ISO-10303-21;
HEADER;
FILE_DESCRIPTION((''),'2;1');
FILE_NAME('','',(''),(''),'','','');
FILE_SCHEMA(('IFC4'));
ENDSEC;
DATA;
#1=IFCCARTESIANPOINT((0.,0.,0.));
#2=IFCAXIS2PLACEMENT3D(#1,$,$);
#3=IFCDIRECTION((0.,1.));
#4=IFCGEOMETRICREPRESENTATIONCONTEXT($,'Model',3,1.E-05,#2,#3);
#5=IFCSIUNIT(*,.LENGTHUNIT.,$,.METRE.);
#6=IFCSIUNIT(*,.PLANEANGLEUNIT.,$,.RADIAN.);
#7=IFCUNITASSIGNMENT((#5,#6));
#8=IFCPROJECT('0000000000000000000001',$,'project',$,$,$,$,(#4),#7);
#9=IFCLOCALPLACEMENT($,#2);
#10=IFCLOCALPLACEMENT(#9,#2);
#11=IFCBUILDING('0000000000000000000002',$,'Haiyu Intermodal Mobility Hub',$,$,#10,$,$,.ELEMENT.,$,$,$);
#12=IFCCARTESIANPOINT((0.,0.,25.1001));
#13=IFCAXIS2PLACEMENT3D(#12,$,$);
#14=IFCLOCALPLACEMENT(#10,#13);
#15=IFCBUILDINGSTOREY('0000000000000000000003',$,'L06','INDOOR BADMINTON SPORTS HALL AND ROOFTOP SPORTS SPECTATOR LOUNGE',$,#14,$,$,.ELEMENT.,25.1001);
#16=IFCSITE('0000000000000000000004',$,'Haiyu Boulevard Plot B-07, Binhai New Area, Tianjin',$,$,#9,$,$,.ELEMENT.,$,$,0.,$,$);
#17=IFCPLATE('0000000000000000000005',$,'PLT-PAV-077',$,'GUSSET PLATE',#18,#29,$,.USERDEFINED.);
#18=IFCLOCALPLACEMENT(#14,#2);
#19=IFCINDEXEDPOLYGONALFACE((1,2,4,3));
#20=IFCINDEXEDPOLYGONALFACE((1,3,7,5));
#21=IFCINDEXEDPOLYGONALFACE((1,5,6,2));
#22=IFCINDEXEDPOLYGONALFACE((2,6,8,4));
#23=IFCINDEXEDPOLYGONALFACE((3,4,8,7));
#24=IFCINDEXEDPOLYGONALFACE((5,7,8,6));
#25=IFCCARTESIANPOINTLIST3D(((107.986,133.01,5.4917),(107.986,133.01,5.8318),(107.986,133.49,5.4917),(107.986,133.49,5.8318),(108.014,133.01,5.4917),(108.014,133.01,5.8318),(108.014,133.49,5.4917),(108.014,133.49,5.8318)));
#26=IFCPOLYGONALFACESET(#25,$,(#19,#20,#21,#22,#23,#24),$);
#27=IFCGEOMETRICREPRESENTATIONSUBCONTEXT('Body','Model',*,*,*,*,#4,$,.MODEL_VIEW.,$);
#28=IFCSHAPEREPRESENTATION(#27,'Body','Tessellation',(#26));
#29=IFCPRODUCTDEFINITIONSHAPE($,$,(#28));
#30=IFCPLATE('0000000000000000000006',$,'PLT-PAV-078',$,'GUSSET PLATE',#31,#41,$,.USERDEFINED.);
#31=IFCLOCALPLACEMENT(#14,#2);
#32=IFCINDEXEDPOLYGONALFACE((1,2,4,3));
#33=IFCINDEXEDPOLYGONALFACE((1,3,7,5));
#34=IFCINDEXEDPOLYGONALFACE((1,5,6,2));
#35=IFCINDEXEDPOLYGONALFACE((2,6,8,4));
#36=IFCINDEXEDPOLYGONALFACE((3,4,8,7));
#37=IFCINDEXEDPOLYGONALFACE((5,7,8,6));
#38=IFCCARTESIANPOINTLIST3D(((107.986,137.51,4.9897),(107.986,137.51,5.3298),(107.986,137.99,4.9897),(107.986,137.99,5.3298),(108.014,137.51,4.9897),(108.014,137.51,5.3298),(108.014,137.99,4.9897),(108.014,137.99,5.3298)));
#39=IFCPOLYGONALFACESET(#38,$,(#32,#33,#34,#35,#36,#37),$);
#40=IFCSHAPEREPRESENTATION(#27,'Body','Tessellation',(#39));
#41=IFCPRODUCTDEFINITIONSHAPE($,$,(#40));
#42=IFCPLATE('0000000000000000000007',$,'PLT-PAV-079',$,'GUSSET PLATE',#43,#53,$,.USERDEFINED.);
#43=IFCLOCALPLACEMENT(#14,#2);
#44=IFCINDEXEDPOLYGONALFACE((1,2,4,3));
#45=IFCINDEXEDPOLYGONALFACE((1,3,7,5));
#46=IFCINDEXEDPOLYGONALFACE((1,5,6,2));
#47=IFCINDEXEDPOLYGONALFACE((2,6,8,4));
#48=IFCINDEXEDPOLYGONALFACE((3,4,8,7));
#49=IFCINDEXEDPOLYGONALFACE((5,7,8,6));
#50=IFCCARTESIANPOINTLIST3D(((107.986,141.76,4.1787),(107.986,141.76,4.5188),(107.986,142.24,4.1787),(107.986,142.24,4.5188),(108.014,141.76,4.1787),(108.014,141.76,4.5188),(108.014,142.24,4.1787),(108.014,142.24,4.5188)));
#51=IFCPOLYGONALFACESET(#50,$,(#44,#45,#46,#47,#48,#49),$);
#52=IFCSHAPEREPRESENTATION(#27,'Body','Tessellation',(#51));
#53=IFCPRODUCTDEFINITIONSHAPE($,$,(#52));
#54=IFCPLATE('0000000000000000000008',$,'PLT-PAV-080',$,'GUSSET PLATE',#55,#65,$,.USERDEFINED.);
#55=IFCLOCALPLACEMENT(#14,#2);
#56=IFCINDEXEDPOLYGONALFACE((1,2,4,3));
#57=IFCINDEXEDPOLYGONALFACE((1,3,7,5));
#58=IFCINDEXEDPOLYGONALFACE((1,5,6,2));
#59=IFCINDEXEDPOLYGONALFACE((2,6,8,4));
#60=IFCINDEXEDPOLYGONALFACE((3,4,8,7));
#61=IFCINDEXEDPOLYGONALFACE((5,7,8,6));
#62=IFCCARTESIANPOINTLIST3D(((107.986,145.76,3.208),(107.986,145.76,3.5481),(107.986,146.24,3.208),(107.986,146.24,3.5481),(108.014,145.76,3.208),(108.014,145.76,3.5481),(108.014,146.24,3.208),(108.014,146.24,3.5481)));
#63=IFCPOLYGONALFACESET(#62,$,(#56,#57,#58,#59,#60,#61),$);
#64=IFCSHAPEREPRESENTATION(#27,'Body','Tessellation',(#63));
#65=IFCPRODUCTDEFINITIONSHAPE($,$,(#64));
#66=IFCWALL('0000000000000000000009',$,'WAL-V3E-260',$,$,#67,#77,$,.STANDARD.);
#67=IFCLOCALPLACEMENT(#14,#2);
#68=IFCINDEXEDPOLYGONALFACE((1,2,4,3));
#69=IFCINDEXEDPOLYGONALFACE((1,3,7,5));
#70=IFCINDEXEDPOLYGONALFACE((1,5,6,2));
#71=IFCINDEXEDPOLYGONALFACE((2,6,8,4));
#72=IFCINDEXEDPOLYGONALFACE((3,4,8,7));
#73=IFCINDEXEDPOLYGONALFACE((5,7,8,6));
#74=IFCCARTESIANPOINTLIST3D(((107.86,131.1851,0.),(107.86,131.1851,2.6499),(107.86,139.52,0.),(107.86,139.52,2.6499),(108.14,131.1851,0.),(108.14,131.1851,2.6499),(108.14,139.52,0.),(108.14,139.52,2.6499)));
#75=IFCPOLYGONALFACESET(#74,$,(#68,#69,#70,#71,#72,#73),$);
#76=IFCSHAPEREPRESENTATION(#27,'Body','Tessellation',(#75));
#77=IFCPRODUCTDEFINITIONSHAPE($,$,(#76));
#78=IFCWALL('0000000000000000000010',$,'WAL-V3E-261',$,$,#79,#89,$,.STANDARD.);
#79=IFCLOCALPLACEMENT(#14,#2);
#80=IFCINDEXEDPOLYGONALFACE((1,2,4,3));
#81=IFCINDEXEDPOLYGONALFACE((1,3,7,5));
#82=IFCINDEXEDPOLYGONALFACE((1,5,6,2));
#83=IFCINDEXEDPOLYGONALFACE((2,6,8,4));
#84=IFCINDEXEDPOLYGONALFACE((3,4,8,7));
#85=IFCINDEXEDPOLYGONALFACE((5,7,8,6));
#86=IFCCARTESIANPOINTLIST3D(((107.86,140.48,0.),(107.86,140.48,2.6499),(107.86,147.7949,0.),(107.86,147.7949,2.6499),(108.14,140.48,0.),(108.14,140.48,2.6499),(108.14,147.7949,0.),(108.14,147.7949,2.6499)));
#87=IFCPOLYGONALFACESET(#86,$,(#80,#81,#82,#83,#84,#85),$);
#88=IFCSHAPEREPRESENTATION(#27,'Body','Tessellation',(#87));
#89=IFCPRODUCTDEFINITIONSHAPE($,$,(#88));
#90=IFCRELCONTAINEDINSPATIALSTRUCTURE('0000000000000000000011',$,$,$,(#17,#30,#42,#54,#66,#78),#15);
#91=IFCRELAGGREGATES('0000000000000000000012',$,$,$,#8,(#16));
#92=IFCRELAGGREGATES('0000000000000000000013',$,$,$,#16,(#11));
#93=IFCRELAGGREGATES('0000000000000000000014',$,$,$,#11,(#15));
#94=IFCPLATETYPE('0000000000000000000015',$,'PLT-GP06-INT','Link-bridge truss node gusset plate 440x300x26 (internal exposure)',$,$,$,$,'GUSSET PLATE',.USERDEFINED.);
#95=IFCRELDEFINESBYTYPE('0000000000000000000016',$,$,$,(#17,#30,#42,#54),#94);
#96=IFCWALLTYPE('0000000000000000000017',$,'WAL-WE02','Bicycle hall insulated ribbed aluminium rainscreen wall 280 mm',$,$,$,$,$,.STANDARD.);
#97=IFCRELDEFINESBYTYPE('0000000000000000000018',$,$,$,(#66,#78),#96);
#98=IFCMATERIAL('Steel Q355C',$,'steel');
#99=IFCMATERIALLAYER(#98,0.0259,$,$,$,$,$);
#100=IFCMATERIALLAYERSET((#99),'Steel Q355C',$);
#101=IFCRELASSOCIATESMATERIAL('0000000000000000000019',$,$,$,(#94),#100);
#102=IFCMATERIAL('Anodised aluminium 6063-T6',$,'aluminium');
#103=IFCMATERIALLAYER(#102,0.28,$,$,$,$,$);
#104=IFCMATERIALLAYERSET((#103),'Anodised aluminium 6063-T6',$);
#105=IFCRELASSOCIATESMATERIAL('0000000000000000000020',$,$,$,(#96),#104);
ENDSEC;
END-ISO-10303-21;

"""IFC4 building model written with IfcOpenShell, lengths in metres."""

from ifc_helpers import new_model, si_unit, direction, frame, frame_2d, origin, origin_2d, place, context, subcontext, project, spatial, rectangle, extrude, material, layer, layer_set, type_object, element, save


model = new_model("IFC4")

# Units and contexts
model_context = context("Model", 3, precision=1e-05, world=origin(), true_north=direction((0.0, 1.0)))
body_context = subcontext(model_context, "Body", "Model", "MODEL_VIEW")
ifc_project = project(units=[si_unit("LENGTHUNIT", "METRE"), si_unit("PLANEANGLEUNIT", "RADIAN")], contexts=[model_context])

# Site, building, storey
site_placement = place(None, origin())
site = spatial("IfcSite", under=ifc_project, at=site_placement, Name="Haiyu Boulevard Plot B-07, Binhai New Area, Tianjin", CompositionType="ELEMENT", RefElevation=0.0)
building_placement = place(site_placement, origin())
building = spatial("IfcBuilding", under=site, at=building_placement, Name="Haiyu Intermodal Mobility Hub", CompositionType="ELEMENT")
storey_placement = place(building_placement, frame((0.0, 0.0, 25.1001)))
storey = spatial("IfcBuildingStorey", under=building, at=storey_placement, Name="L06", Description="INDOOR BADMINTON SPORTS HALL AND ROOFTOP SPORTS SPECTATOR LOUNGE", CompositionType="ELEMENT", Elevation=25.1001)

# Shared definitions
ifc_material_1 = material(Name="Steel Q355C", Category="steel")

# Plates
ifc_layer_1 = layer(ifc_material_1, 0.0259)
ifc_layer_set_1 = layer_set([ifc_layer_1], Name="Steel Q355C")
plate_type_1 = type_object("IfcPlateType", Name="PLT-GP06-INT", Description="Link-bridge truss node gusset plate 440x300x26 (internal exposure)", ElementType="GUSSET PLATE", PredefinedType="USERDEFINED", material=ifc_layer_set_1)
for number, where, z_axis, x_axis, name in (
    (1, (108.0, 133.25, 5.4917), (0.0, 0.0, 1.0), (1.0, 0.0, 0.0), "PLT-PAV-077"),
    (2, (108.0, 137.75, 4.9897), (0.0, 0.0, 1.0), (1.0, 0.0, 0.0), "PLT-PAV-078"),
    (3, (108.0, 142.0, 4.1787), (0.0, 0.0, 1.0), (1.0, 0.0, 0.0), "PLT-PAV-079"),
    (4, (108.0, 146.0, 3.208), (0.0, 0.0, 1.0), (1.0, 0.0, 0.0), "PLT-PAV-080"),
):
    element("IfcPlate", number, at=place(storey_placement, frame(where, z_axis=z_axis, x_axis=x_axis)), inside=storey, type_object=plate_type_1, Name=name, ObjectType="GUSSET PLATE", PredefinedType="USERDEFINED", context=body_context, shape_type="SweptSolid", body=[
        extrude(rectangle(XDim=0.0281, YDim=0.48, at=origin_2d()), origin(), (0.0, 0.0, 1.0), 0.3401),
    ])

# Walls
ifc_material_2 = material(Name="Anodised aluminium 6063-T6", Category="aluminium")
ifc_layer_2 = layer(ifc_material_2, 0.28)
ifc_layer_set_2 = layer_set([ifc_layer_2], Name="Anodised aluminium 6063-T6")
wall_type = type_object("IfcWallType", Name="WAL-WE02", Description="Bicycle hall insulated ribbed aluminium rainscreen wall 280 mm", PredefinedType="STANDARD", material=ifc_layer_set_2)
wall_1_placement = place(storey_placement, frame((108.0, 131.1851, 0.0), z_axis=(0.0, 0.0, 1.0), x_axis=(0.0, 1.0, 0.0)))
element("IfcWall", 5, at=wall_1_placement, inside=storey, type_object=wall_type, Name="WAL-V3E-260", PredefinedType="STANDARD", context=body_context, shape_type="SweptSolid", body=[
    extrude(rectangle(XDim=8.335, YDim=0.28, at=frame_2d((4.1675, 0.0))), origin(), (0.0, 0.0, 1.0), 2.6499),
])
wall_2_placement = place(storey_placement, frame((108.0, 140.48, 0.0), z_axis=(0.0, 0.0, 1.0), x_axis=(0.0, 1.0, 0.0)))
element("IfcWall", 6, at=wall_2_placement, inside=storey, type_object=wall_type, Name="WAL-V3E-261", PredefinedType="STANDARD", context=body_context, shape_type="SweptSolid", body=[
    extrude(rectangle(XDim=7.3149, YDim=0.28, at=frame_2d((3.6575, 0.0))), origin(), (0.0, 0.0, 1.0), 2.6499),
])

save(model, "model.ifc")
